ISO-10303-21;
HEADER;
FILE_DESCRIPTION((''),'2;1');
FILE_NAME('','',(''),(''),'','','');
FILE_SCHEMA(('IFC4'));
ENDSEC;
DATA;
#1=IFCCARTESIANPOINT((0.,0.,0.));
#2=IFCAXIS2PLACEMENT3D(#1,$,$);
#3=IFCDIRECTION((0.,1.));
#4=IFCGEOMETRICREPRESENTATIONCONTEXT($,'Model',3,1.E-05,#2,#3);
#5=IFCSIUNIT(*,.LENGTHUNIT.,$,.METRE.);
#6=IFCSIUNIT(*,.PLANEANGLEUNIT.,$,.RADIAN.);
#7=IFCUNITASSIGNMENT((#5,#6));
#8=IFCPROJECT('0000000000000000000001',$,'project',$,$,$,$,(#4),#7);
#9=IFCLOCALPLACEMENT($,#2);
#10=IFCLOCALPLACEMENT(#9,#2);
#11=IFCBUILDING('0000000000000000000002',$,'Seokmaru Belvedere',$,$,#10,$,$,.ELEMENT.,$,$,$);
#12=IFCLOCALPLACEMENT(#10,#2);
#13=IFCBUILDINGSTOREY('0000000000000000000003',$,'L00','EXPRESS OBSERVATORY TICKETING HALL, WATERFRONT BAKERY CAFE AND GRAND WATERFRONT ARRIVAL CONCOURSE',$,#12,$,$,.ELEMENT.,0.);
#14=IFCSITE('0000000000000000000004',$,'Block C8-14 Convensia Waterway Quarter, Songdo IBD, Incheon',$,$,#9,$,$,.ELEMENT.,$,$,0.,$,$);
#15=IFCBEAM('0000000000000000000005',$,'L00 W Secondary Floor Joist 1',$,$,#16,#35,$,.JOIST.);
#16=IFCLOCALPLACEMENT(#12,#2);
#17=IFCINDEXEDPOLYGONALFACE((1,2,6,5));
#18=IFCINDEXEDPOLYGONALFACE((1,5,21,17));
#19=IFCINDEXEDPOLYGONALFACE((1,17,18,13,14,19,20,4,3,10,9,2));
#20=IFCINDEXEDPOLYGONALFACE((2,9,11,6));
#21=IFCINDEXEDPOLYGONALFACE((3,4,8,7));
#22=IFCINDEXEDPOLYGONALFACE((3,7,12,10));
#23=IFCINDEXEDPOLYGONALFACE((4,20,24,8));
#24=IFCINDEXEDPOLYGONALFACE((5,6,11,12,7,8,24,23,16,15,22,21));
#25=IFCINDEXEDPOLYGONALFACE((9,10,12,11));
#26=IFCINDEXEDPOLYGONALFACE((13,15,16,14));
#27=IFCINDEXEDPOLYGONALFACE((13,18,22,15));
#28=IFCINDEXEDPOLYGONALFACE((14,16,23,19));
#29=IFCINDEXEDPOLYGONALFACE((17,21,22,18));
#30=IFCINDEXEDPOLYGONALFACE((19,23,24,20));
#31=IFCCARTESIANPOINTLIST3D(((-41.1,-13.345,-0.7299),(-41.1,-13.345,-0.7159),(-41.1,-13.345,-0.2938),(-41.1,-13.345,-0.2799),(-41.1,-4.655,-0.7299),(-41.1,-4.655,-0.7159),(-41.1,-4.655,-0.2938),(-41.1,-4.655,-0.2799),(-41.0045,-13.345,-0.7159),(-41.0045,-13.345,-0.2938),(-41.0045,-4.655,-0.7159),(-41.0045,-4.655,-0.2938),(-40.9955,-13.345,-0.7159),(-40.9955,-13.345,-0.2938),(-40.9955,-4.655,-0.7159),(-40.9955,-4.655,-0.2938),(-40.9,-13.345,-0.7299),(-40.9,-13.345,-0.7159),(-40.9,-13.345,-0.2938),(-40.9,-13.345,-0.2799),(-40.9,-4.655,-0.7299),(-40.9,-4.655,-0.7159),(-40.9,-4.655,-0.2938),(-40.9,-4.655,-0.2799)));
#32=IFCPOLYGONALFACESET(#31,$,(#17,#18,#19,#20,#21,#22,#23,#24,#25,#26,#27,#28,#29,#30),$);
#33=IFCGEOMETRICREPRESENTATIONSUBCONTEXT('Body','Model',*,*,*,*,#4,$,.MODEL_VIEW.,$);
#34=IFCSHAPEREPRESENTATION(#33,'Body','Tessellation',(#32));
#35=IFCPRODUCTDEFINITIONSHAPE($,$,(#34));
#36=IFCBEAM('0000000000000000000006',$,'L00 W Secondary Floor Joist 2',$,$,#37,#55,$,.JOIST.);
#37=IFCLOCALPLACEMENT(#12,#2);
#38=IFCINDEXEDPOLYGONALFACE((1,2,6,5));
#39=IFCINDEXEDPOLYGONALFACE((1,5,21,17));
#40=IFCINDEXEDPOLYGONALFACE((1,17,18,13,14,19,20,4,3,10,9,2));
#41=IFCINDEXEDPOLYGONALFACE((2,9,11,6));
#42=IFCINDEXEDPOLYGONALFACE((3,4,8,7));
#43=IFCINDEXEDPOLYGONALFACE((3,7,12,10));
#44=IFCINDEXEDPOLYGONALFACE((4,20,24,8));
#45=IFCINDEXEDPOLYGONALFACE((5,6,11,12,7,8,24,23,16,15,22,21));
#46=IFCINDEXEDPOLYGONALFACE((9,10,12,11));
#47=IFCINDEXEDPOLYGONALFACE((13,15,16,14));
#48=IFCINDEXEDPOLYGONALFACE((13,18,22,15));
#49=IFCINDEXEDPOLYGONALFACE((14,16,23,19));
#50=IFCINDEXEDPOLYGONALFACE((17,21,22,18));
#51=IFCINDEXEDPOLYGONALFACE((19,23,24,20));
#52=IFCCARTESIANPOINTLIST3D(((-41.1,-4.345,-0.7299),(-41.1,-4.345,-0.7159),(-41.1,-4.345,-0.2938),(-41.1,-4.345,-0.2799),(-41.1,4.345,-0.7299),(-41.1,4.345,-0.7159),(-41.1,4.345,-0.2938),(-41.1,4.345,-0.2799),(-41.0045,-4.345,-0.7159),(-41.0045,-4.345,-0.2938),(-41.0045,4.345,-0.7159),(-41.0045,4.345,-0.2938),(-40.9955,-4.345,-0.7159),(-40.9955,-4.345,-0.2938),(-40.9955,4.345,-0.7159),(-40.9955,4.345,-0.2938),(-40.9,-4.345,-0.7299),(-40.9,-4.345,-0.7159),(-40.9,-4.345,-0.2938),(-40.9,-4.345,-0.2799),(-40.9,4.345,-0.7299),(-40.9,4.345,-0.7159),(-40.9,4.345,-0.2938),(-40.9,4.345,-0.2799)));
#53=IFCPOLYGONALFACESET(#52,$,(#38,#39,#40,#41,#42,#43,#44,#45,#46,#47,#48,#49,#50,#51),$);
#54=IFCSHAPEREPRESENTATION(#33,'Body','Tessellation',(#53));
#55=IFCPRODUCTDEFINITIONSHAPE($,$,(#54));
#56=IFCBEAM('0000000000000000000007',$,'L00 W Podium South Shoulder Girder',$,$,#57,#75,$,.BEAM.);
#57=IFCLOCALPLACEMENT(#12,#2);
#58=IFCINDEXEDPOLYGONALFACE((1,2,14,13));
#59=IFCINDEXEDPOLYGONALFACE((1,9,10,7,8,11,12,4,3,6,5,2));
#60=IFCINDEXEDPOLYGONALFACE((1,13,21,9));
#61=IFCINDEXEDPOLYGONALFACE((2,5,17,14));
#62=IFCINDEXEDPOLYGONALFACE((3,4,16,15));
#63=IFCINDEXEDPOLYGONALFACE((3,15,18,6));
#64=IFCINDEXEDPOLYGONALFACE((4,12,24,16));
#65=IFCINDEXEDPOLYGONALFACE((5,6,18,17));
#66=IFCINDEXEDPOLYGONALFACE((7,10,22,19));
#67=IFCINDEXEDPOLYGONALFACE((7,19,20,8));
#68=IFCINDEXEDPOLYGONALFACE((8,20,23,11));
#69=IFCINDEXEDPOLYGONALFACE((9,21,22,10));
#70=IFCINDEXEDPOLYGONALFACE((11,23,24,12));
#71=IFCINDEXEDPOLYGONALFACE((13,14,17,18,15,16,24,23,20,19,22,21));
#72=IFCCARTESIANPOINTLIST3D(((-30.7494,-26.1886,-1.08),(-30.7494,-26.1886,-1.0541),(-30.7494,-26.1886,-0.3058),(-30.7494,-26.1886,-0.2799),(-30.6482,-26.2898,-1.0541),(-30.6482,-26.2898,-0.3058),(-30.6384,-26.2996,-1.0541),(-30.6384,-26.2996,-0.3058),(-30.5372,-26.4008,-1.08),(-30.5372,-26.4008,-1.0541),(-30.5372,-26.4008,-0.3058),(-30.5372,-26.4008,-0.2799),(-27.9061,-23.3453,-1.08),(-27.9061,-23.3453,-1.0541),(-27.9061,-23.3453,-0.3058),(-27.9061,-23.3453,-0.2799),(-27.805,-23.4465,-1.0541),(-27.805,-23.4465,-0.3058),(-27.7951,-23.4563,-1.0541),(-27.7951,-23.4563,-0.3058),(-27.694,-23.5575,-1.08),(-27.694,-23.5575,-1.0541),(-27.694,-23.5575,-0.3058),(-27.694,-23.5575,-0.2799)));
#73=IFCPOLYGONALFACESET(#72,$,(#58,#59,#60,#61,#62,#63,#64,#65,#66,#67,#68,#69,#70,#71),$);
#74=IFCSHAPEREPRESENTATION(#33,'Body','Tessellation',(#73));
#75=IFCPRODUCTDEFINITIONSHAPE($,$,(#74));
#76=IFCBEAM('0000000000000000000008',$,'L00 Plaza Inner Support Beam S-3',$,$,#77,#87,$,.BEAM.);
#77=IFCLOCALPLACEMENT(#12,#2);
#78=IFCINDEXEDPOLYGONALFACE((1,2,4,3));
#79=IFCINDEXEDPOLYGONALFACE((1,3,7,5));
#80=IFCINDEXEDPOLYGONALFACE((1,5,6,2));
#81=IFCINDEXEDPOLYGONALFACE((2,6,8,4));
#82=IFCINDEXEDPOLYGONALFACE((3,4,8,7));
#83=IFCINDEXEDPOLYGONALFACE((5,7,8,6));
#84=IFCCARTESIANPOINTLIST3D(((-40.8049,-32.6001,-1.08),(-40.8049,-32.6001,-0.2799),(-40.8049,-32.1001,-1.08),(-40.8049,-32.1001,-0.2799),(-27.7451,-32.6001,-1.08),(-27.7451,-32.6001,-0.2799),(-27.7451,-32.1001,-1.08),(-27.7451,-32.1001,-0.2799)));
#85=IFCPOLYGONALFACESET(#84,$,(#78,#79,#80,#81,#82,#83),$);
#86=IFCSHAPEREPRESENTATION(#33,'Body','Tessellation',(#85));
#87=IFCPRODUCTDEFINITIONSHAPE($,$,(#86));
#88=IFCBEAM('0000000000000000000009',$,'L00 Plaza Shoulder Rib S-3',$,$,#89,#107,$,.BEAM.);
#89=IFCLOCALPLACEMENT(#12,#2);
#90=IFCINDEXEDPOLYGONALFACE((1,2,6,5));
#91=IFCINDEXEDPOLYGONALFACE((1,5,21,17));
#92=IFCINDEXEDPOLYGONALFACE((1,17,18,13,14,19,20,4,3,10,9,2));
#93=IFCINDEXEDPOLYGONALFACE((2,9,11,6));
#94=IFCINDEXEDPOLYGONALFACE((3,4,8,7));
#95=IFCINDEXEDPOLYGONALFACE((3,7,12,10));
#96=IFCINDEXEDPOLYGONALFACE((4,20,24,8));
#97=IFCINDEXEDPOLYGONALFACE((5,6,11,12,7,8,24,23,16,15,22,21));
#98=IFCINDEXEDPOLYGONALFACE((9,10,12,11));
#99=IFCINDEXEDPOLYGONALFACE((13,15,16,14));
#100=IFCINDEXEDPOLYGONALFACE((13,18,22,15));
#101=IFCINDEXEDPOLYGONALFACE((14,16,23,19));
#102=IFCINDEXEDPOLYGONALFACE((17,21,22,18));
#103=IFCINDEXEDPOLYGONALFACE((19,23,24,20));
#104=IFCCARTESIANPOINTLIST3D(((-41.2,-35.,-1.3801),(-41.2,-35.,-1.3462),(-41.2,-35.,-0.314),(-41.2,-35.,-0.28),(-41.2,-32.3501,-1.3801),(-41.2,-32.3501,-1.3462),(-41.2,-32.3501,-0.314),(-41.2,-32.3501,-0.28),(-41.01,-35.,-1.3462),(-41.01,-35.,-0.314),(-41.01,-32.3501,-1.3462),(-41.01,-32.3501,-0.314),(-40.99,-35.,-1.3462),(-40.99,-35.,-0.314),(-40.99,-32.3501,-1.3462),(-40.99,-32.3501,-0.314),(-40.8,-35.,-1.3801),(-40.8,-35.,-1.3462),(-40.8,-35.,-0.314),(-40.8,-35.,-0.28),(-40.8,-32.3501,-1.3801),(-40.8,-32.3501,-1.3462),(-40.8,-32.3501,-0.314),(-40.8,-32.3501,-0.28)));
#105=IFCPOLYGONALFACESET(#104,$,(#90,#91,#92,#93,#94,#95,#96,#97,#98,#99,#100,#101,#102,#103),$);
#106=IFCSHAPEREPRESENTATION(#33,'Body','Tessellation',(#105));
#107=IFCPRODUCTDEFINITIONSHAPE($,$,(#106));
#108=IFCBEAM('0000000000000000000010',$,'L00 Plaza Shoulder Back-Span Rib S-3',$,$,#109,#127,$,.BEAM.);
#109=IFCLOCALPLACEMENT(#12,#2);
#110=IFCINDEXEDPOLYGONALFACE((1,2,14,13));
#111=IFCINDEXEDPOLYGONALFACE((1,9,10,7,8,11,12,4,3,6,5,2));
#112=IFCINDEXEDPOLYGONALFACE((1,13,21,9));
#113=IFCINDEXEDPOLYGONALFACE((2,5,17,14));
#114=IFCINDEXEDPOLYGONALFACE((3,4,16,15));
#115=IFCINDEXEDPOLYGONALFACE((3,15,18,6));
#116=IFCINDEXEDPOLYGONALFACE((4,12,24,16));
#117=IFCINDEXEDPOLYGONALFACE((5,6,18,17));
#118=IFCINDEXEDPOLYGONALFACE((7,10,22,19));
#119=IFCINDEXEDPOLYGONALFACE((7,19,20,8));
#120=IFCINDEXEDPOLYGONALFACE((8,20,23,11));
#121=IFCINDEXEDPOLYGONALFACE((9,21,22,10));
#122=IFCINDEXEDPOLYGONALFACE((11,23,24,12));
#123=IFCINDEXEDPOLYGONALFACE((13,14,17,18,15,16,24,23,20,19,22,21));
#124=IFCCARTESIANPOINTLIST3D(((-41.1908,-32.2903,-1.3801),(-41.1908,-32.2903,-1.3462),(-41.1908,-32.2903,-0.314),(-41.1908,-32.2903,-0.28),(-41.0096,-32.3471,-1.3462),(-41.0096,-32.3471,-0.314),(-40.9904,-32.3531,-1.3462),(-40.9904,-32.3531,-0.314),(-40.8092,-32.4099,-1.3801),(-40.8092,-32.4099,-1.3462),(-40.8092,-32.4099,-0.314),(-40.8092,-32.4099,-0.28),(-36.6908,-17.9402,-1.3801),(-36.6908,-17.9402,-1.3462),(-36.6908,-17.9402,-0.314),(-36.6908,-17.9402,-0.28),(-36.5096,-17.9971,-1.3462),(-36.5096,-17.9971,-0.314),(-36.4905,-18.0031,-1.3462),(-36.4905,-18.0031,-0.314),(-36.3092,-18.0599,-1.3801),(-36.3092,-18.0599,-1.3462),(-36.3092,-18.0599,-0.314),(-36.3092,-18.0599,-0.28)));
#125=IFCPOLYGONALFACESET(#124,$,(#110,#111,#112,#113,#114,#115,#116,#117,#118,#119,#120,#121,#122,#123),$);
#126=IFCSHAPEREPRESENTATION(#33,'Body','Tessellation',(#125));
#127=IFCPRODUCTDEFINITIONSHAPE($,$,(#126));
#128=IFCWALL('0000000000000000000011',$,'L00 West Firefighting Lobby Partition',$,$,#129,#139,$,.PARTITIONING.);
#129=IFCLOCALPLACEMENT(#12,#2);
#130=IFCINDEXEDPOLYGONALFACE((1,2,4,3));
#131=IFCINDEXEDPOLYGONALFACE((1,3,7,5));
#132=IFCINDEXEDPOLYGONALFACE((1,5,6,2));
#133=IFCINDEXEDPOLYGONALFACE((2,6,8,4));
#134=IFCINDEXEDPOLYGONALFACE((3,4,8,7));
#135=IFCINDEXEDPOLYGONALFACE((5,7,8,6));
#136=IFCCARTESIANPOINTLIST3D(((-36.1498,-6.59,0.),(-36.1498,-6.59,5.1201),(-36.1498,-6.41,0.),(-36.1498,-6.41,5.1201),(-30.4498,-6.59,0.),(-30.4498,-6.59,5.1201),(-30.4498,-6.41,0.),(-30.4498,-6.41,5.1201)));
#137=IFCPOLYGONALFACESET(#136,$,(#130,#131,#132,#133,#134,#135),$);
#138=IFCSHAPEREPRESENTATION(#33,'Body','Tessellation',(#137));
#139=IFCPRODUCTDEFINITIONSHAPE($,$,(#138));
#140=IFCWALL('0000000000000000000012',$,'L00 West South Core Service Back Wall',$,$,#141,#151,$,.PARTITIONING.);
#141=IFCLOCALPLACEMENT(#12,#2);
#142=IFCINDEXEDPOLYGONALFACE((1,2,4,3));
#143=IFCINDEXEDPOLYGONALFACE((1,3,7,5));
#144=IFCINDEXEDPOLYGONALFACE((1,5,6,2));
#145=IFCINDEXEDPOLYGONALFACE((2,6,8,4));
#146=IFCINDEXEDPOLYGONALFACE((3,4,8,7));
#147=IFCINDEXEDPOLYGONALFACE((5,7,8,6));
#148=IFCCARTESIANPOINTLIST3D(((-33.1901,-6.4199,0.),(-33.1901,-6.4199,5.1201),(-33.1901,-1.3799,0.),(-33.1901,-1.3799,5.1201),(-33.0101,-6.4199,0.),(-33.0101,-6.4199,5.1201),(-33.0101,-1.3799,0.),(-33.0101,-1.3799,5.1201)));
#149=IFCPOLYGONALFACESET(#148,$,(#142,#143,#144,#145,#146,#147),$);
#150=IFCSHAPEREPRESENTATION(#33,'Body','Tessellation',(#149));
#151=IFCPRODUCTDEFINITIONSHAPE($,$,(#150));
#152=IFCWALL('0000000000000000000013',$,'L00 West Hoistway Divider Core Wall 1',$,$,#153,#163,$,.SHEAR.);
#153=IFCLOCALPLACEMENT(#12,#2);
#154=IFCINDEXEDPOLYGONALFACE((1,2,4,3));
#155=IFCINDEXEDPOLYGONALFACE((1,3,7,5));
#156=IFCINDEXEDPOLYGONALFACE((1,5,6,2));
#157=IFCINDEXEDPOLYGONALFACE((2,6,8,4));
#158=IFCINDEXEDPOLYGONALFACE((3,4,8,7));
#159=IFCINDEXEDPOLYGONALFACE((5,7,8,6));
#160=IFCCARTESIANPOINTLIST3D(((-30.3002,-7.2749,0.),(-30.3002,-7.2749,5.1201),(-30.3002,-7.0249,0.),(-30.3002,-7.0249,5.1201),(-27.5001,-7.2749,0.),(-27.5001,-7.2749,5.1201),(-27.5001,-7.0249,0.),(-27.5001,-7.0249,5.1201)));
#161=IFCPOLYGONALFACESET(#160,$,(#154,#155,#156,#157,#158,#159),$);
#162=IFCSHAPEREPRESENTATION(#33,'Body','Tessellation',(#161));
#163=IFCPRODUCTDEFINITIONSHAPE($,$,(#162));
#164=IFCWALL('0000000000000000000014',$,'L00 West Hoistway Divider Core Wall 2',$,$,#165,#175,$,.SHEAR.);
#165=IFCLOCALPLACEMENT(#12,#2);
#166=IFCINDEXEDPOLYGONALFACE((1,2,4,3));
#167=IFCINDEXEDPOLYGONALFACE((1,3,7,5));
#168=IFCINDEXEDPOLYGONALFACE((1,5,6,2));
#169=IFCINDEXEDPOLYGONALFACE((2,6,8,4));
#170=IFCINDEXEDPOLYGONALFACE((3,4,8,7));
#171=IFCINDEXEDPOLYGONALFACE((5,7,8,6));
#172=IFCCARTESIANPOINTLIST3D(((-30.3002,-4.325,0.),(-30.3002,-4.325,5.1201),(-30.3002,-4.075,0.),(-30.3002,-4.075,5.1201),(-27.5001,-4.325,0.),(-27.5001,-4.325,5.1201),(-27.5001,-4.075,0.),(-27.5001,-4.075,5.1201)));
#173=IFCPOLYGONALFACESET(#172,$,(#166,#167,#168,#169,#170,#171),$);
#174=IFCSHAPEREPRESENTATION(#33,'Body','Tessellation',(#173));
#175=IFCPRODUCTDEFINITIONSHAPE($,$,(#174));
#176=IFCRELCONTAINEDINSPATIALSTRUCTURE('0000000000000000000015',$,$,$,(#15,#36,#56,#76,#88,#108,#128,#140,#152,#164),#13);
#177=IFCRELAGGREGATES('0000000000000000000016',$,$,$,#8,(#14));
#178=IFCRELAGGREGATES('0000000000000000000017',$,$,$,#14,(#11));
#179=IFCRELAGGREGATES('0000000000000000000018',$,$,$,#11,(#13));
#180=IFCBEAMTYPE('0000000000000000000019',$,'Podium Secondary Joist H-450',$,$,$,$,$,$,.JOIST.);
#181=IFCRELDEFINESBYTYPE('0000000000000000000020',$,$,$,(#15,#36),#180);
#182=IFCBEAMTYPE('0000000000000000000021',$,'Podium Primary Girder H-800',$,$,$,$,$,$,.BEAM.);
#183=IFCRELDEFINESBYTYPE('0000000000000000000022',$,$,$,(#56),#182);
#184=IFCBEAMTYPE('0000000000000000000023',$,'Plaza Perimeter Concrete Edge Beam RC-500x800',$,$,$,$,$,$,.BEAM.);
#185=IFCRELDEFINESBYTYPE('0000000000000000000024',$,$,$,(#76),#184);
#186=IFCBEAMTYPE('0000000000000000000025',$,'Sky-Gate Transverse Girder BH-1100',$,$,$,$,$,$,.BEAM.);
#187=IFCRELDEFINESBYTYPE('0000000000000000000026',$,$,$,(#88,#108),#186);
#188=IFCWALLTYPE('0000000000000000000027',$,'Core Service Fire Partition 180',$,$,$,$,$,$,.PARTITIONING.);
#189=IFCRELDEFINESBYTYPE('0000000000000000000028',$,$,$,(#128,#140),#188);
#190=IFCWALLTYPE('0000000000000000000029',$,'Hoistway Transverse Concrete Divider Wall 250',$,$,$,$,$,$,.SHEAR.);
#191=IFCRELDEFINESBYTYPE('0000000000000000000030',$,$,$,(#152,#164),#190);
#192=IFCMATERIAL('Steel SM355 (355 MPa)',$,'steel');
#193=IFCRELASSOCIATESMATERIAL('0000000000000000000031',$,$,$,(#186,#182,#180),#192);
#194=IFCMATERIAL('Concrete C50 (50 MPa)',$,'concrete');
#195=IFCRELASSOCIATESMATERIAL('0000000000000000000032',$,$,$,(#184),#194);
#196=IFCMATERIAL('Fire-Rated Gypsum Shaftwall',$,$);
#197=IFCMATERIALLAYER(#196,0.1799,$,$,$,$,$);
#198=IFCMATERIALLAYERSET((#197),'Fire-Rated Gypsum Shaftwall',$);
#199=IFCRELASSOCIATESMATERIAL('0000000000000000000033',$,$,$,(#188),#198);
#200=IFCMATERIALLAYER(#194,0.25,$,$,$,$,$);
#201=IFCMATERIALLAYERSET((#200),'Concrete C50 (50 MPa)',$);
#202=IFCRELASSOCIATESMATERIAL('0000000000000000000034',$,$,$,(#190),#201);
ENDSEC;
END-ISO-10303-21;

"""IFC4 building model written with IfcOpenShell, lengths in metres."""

from ifc_helpers import new_model, si_unit, direction, frame, frame_2d, origin, origin_2d, place, context, subcontext, project, spatial, rectangle, i_section, extrude, source, transform, mapped, material, layer, layer_set, material_profile, profile_set, type_object, type_shapes, element, save


model = new_model("IFC4")

# Units and contexts
model_context = context("Model", 3, precision=1e-05, world=origin(), true_north=direction((0.0, 1.0)))
body_context = subcontext(model_context, "Body", "Model", "MODEL_VIEW")
ifc_project = project(units=[si_unit("LENGTHUNIT", "METRE"), si_unit("PLANEANGLEUNIT", "RADIAN")], contexts=[model_context])

# Site, building, storey
site_placement = place(None, origin())
site = spatial("IfcSite", under=ifc_project, at=site_placement, Name="Block C8-14 Convensia Waterway Quarter, Songdo IBD, Incheon", CompositionType="ELEMENT", RefElevation=0.0)
building_placement = place(site_placement, origin())
building = spatial("IfcBuilding", under=site, at=building_placement, Name="Seokmaru Belvedere", CompositionType="ELEMENT")
storey_placement = place(building_placement, origin())
storey = spatial("IfcBuildingStorey", under=building, at=storey_placement, Name="L00", Description="EXPRESS OBSERVATORY TICKETING HALL, WATERFRONT BAKERY CAFE AND GRAND WATERFRONT ARRIVAL CONCOURSE", CompositionType="ELEMENT", Elevation=0.0)

# Shared definitions
ifc_material_1 = material(Name="Steel SM355 (355 MPa)", Category="steel")

# Beams
ifc_material_profile_1 = material_profile(ifc_material_1, i_section(OverallWidth=0.3999, OverallDepth=1.1001, WebThickness=0.02, FlangeThickness=0.0339, at=origin_2d()), Name="BH-1100x400x20x34")
ifc_profile_set_1 = profile_set([ifc_material_profile_1], Name="Steel SM355 (355 MPa)")
beam_type_1 = type_object("IfcBeamType", Name="Sky-Gate Transverse Girder BH-1100", PredefinedType="BEAM", material=ifc_profile_set_1)
ifc_material_2 = material(Name="Concrete C50 (50 MPa)", Category="concrete")
ifc_material_profile_2 = material_profile(ifc_material_2, rectangle(XDim=0.5, YDim=0.8, at=origin_2d()), Name="RC-500x800")
ifc_profile_set_2 = profile_set([ifc_material_profile_2], Name="Concrete C50 (50 MPa)")
beam_type_2 = type_object("IfcBeamType", Name="Plaza Perimeter Concrete Edge Beam RC-500x800", PredefinedType="BEAM", material=ifc_profile_set_2)
ifc_material_profile_3 = material_profile(ifc_material_1, i_section(OverallWidth=0.3, OverallDepth=0.8, WebThickness=0.0139, FlangeThickness=0.0259, at=origin_2d()), Name="H-800x300x14x26")
ifc_profile_set_3 = profile_set([ifc_material_profile_3], Name="Steel SM355 (355 MPa)")
beam_type_3 = type_object("IfcBeamType", Name="Podium Primary Girder H-800", PredefinedType="BEAM", material=ifc_profile_set_3)
ifc_material_profile_4 = material_profile(ifc_material_1, i_section(OverallWidth=0.2, OverallDepth=0.45, WebThickness=0.009, FlangeThickness=0.0139, at=origin_2d()), Name="H-450x200x9x14")
ifc_profile_set_4 = profile_set([ifc_material_profile_4], Name="Steel SM355 (355 MPa)")
beam_type_4 = type_object("IfcBeamType", Name="Podium Secondary Joist H-450", PredefinedType="JOIST", material=ifc_profile_set_4)
shared_shape_1 = source(origin(), body_context, "Body", "SweptSolid", [
    extrude(i_section(OverallWidth=0.2, OverallDepth=0.45, WebThickness=0.009, FlangeThickness=0.0139, at=origin_2d()), origin(), (0.0, 0.0, 1.0), 8.6899),
])
type_shapes(beam_type_4, [shared_shape_1])
for number, where, z_axis, x_axis, name in (
    (1, (-41.0, -13.345, -0.5049), (0.0, 1.0, 0.0), (-1.0, 0.0, 0.0), "L00 W Secondary Floor Joist 1"),
    (2, (-41.0, -4.345, -0.5049), (0.0, 1.0, 0.0), (-1.0, 0.0, 0.0), "L00 W Secondary Floor Joist 2"),
):
    element("IfcBeam", number, at=place(storey_placement, frame(where, z_axis=z_axis, x_axis=x_axis)), inside=storey, type_object=beam_type_4, Name=name, PredefinedType="JOIST", context=body_context, shape_type="MappedRepresentation", body=[
        mapped(shared_shape_1, transform((0.0, 0.0, 0.0), scale=1.0)),
    ])
shared_shape_2 = source(origin(), body_context, "Body", "SweptSolid", [
    extrude(i_section(OverallWidth=0.3, OverallDepth=0.8, WebThickness=0.0139, FlangeThickness=0.0259, at=origin_2d()), origin(), (0.0, 0.0, 1.0), 4.021),
])
beam_1_placement = place(storey_placement, frame((-30.6433, -26.2947, -0.6799), z_axis=(0.707107, 0.707107, 0.0), x_axis=(-0.707107, 0.707107, 0.0)))
element("IfcBeam", 3, at=beam_1_placement, inside=storey, type_object=beam_type_3, Name="L00 W Podium South Shoulder Girder", PredefinedType="BEAM", context=body_context, shape_type="MappedRepresentation", body=[
    mapped(shared_shape_2, transform((0.0, 0.0, 0.0), scale=1.0)),
])
shared_shape_3 = source(origin(), body_context, "Body", "SweptSolid", [
    extrude(rectangle(XDim=0.5, YDim=0.8, at=origin_2d()), origin(), (0.0, 0.0, 1.0), 13.0598),
])
beam_2_placement = place(storey_placement, frame((-40.8049, -32.3501, -0.6799), z_axis=(1.0, 0.0, 0.0), x_axis=(0.0, 1.0, 0.0)))
element("IfcBeam", 4, at=beam_2_placement, inside=storey, type_object=beam_type_2, Name="L00 Plaza Inner Support Beam S-3", PredefinedType="BEAM", context=body_context, shape_type="MappedRepresentation", body=[
    mapped(shared_shape_3, transform((0.0, 0.0, 0.0), scale=1.0)),
])
shared_shape_4 = source(origin(), body_context, "Body", "SweptSolid", [
    extrude(i_section(OverallWidth=0.3999, OverallDepth=1.1001, WebThickness=0.02, FlangeThickness=0.0339, at=origin_2d()), origin(), (0.0, 0.0, 1.0), 2.6499),
])
beam_3_placement = place(storey_placement, frame((-41.0, -35.0, -0.8301), z_axis=(0.0, 1.0, 0.0), x_axis=(-1.0, 0.0, 0.0)))
element("IfcBeam", 5, at=beam_3_placement, inside=storey, type_object=beam_type_1, Name="L00 Plaza Shoulder Rib S-3", PredefinedType="BEAM", context=body_context, shape_type="MappedRepresentation", body=[
    mapped(shared_shape_4, transform((0.0, 0.0, 0.0), scale=1.0)),
])
shared_shape_5 = source(origin(), body_context, "Body", "SweptSolid", [
    extrude(i_section(OverallWidth=0.3999, OverallDepth=1.1001, WebThickness=0.02, FlangeThickness=0.0339, at=origin_2d()), origin(), (0.0, 0.0, 1.0), 15.0391),
])
beam_4_placement = place(storey_placement, frame((-41.0, -32.3501, -0.8301), z_axis=(0.29922, 0.954184, 0.0), x_axis=(-0.954184, 0.29922, 0.0)))
element("IfcBeam", 6, at=beam_4_placement, inside=storey, type_object=beam_type_1, Name="L00 Plaza Shoulder Back-Span Rib S-3", PredefinedType="BEAM", context=body_context, shape_type="MappedRepresentation", body=[
    mapped(shared_shape_5, transform((0.0, 0.0, 0.0), scale=1.0)),
])

# Walls
ifc_material_3 = material(Name="Fire-Rated Gypsum Shaftwall")
ifc_layer_1 = layer(ifc_material_3, 0.1799)
ifc_layer_set_1 = layer_set([ifc_layer_1], Name="Fire-Rated Gypsum Shaftwall")
wall_type_1 = type_object("IfcWallType", Name="Core Service Fire Partition 180", PredefinedType="PARTITIONING", material=ifc_layer_set_1)
wall_1_placement = place(storey_placement, frame((-36.1499, -6.5, 0.0), z_axis=(0.0, 0.0, 1.0), x_axis=(1.0, 0.0, 0.0)))
element("IfcWall", 7, at=wall_1_placement, inside=storey, type_object=wall_type_1, Name="L00 West Firefighting Lobby Partition", PredefinedType="PARTITIONING", context=body_context, shape_type="SweptSolid", body=[
    extrude(rectangle(XDim=5.7, YDim=0.1799, at=frame_2d((2.8501, 0.0))), origin(), (0.0, 0.0, 1.0), 5.1201),
])
wall_2_placement = place(storey_placement, frame((-33.1001, -6.4199, 0.0), z_axis=(0.0, 0.0, 1.0), x_axis=(0.0, 1.0, 0.0)))
element("IfcWall", 8, at=wall_2_placement, inside=storey, type_object=wall_type_1, Name="L00 West South Core Service Back Wall", PredefinedType="PARTITIONING", context=body_context, shape_type="SweptSolid", body=[
    extrude(rectangle(XDim=5.04, YDim=0.1799, at=frame_2d((2.52, 0.0))), origin(), (0.0, 0.0, 1.0), 5.1201),
])
ifc_layer_2 = layer(ifc_material_2, 0.25)
ifc_layer_set_2 = layer_set([ifc_layer_2], Name="Concrete C50 (50 MPa)")
wall_type_2 = type_object("IfcWallType", Name="Hoistway Transverse Concrete Divider Wall 250", PredefinedType="SHEAR", material=ifc_layer_set_2)
for number, where, z_axis, x_axis, name in (
    (9, (-30.3, -7.1499, 0.0), (0.0, 0.0, 1.0), (1.0, 0.0, 0.0), "L00 West Hoistway Divider Core Wall 1"),
    (10, (-30.3, -4.2, 0.0), (0.0, 0.0, 1.0), (1.0, 0.0, 0.0), "L00 West Hoistway Divider Core Wall 2"),
):
    element("IfcWall", number, at=place(storey_placement, frame(where, z_axis=z_axis, x_axis=x_axis)), inside=storey, type_object=wall_type_2, Name=name, PredefinedType="SHEAR", context=body_context, shape_type="SweptSolid", body=[
        extrude(rectangle(XDim=2.8, YDim=0.25, at=frame_2d((1.3999, 0.0))), origin(), (0.0, 0.0, 1.0), 5.1201),
    ])

save(model, "model.ifc")
